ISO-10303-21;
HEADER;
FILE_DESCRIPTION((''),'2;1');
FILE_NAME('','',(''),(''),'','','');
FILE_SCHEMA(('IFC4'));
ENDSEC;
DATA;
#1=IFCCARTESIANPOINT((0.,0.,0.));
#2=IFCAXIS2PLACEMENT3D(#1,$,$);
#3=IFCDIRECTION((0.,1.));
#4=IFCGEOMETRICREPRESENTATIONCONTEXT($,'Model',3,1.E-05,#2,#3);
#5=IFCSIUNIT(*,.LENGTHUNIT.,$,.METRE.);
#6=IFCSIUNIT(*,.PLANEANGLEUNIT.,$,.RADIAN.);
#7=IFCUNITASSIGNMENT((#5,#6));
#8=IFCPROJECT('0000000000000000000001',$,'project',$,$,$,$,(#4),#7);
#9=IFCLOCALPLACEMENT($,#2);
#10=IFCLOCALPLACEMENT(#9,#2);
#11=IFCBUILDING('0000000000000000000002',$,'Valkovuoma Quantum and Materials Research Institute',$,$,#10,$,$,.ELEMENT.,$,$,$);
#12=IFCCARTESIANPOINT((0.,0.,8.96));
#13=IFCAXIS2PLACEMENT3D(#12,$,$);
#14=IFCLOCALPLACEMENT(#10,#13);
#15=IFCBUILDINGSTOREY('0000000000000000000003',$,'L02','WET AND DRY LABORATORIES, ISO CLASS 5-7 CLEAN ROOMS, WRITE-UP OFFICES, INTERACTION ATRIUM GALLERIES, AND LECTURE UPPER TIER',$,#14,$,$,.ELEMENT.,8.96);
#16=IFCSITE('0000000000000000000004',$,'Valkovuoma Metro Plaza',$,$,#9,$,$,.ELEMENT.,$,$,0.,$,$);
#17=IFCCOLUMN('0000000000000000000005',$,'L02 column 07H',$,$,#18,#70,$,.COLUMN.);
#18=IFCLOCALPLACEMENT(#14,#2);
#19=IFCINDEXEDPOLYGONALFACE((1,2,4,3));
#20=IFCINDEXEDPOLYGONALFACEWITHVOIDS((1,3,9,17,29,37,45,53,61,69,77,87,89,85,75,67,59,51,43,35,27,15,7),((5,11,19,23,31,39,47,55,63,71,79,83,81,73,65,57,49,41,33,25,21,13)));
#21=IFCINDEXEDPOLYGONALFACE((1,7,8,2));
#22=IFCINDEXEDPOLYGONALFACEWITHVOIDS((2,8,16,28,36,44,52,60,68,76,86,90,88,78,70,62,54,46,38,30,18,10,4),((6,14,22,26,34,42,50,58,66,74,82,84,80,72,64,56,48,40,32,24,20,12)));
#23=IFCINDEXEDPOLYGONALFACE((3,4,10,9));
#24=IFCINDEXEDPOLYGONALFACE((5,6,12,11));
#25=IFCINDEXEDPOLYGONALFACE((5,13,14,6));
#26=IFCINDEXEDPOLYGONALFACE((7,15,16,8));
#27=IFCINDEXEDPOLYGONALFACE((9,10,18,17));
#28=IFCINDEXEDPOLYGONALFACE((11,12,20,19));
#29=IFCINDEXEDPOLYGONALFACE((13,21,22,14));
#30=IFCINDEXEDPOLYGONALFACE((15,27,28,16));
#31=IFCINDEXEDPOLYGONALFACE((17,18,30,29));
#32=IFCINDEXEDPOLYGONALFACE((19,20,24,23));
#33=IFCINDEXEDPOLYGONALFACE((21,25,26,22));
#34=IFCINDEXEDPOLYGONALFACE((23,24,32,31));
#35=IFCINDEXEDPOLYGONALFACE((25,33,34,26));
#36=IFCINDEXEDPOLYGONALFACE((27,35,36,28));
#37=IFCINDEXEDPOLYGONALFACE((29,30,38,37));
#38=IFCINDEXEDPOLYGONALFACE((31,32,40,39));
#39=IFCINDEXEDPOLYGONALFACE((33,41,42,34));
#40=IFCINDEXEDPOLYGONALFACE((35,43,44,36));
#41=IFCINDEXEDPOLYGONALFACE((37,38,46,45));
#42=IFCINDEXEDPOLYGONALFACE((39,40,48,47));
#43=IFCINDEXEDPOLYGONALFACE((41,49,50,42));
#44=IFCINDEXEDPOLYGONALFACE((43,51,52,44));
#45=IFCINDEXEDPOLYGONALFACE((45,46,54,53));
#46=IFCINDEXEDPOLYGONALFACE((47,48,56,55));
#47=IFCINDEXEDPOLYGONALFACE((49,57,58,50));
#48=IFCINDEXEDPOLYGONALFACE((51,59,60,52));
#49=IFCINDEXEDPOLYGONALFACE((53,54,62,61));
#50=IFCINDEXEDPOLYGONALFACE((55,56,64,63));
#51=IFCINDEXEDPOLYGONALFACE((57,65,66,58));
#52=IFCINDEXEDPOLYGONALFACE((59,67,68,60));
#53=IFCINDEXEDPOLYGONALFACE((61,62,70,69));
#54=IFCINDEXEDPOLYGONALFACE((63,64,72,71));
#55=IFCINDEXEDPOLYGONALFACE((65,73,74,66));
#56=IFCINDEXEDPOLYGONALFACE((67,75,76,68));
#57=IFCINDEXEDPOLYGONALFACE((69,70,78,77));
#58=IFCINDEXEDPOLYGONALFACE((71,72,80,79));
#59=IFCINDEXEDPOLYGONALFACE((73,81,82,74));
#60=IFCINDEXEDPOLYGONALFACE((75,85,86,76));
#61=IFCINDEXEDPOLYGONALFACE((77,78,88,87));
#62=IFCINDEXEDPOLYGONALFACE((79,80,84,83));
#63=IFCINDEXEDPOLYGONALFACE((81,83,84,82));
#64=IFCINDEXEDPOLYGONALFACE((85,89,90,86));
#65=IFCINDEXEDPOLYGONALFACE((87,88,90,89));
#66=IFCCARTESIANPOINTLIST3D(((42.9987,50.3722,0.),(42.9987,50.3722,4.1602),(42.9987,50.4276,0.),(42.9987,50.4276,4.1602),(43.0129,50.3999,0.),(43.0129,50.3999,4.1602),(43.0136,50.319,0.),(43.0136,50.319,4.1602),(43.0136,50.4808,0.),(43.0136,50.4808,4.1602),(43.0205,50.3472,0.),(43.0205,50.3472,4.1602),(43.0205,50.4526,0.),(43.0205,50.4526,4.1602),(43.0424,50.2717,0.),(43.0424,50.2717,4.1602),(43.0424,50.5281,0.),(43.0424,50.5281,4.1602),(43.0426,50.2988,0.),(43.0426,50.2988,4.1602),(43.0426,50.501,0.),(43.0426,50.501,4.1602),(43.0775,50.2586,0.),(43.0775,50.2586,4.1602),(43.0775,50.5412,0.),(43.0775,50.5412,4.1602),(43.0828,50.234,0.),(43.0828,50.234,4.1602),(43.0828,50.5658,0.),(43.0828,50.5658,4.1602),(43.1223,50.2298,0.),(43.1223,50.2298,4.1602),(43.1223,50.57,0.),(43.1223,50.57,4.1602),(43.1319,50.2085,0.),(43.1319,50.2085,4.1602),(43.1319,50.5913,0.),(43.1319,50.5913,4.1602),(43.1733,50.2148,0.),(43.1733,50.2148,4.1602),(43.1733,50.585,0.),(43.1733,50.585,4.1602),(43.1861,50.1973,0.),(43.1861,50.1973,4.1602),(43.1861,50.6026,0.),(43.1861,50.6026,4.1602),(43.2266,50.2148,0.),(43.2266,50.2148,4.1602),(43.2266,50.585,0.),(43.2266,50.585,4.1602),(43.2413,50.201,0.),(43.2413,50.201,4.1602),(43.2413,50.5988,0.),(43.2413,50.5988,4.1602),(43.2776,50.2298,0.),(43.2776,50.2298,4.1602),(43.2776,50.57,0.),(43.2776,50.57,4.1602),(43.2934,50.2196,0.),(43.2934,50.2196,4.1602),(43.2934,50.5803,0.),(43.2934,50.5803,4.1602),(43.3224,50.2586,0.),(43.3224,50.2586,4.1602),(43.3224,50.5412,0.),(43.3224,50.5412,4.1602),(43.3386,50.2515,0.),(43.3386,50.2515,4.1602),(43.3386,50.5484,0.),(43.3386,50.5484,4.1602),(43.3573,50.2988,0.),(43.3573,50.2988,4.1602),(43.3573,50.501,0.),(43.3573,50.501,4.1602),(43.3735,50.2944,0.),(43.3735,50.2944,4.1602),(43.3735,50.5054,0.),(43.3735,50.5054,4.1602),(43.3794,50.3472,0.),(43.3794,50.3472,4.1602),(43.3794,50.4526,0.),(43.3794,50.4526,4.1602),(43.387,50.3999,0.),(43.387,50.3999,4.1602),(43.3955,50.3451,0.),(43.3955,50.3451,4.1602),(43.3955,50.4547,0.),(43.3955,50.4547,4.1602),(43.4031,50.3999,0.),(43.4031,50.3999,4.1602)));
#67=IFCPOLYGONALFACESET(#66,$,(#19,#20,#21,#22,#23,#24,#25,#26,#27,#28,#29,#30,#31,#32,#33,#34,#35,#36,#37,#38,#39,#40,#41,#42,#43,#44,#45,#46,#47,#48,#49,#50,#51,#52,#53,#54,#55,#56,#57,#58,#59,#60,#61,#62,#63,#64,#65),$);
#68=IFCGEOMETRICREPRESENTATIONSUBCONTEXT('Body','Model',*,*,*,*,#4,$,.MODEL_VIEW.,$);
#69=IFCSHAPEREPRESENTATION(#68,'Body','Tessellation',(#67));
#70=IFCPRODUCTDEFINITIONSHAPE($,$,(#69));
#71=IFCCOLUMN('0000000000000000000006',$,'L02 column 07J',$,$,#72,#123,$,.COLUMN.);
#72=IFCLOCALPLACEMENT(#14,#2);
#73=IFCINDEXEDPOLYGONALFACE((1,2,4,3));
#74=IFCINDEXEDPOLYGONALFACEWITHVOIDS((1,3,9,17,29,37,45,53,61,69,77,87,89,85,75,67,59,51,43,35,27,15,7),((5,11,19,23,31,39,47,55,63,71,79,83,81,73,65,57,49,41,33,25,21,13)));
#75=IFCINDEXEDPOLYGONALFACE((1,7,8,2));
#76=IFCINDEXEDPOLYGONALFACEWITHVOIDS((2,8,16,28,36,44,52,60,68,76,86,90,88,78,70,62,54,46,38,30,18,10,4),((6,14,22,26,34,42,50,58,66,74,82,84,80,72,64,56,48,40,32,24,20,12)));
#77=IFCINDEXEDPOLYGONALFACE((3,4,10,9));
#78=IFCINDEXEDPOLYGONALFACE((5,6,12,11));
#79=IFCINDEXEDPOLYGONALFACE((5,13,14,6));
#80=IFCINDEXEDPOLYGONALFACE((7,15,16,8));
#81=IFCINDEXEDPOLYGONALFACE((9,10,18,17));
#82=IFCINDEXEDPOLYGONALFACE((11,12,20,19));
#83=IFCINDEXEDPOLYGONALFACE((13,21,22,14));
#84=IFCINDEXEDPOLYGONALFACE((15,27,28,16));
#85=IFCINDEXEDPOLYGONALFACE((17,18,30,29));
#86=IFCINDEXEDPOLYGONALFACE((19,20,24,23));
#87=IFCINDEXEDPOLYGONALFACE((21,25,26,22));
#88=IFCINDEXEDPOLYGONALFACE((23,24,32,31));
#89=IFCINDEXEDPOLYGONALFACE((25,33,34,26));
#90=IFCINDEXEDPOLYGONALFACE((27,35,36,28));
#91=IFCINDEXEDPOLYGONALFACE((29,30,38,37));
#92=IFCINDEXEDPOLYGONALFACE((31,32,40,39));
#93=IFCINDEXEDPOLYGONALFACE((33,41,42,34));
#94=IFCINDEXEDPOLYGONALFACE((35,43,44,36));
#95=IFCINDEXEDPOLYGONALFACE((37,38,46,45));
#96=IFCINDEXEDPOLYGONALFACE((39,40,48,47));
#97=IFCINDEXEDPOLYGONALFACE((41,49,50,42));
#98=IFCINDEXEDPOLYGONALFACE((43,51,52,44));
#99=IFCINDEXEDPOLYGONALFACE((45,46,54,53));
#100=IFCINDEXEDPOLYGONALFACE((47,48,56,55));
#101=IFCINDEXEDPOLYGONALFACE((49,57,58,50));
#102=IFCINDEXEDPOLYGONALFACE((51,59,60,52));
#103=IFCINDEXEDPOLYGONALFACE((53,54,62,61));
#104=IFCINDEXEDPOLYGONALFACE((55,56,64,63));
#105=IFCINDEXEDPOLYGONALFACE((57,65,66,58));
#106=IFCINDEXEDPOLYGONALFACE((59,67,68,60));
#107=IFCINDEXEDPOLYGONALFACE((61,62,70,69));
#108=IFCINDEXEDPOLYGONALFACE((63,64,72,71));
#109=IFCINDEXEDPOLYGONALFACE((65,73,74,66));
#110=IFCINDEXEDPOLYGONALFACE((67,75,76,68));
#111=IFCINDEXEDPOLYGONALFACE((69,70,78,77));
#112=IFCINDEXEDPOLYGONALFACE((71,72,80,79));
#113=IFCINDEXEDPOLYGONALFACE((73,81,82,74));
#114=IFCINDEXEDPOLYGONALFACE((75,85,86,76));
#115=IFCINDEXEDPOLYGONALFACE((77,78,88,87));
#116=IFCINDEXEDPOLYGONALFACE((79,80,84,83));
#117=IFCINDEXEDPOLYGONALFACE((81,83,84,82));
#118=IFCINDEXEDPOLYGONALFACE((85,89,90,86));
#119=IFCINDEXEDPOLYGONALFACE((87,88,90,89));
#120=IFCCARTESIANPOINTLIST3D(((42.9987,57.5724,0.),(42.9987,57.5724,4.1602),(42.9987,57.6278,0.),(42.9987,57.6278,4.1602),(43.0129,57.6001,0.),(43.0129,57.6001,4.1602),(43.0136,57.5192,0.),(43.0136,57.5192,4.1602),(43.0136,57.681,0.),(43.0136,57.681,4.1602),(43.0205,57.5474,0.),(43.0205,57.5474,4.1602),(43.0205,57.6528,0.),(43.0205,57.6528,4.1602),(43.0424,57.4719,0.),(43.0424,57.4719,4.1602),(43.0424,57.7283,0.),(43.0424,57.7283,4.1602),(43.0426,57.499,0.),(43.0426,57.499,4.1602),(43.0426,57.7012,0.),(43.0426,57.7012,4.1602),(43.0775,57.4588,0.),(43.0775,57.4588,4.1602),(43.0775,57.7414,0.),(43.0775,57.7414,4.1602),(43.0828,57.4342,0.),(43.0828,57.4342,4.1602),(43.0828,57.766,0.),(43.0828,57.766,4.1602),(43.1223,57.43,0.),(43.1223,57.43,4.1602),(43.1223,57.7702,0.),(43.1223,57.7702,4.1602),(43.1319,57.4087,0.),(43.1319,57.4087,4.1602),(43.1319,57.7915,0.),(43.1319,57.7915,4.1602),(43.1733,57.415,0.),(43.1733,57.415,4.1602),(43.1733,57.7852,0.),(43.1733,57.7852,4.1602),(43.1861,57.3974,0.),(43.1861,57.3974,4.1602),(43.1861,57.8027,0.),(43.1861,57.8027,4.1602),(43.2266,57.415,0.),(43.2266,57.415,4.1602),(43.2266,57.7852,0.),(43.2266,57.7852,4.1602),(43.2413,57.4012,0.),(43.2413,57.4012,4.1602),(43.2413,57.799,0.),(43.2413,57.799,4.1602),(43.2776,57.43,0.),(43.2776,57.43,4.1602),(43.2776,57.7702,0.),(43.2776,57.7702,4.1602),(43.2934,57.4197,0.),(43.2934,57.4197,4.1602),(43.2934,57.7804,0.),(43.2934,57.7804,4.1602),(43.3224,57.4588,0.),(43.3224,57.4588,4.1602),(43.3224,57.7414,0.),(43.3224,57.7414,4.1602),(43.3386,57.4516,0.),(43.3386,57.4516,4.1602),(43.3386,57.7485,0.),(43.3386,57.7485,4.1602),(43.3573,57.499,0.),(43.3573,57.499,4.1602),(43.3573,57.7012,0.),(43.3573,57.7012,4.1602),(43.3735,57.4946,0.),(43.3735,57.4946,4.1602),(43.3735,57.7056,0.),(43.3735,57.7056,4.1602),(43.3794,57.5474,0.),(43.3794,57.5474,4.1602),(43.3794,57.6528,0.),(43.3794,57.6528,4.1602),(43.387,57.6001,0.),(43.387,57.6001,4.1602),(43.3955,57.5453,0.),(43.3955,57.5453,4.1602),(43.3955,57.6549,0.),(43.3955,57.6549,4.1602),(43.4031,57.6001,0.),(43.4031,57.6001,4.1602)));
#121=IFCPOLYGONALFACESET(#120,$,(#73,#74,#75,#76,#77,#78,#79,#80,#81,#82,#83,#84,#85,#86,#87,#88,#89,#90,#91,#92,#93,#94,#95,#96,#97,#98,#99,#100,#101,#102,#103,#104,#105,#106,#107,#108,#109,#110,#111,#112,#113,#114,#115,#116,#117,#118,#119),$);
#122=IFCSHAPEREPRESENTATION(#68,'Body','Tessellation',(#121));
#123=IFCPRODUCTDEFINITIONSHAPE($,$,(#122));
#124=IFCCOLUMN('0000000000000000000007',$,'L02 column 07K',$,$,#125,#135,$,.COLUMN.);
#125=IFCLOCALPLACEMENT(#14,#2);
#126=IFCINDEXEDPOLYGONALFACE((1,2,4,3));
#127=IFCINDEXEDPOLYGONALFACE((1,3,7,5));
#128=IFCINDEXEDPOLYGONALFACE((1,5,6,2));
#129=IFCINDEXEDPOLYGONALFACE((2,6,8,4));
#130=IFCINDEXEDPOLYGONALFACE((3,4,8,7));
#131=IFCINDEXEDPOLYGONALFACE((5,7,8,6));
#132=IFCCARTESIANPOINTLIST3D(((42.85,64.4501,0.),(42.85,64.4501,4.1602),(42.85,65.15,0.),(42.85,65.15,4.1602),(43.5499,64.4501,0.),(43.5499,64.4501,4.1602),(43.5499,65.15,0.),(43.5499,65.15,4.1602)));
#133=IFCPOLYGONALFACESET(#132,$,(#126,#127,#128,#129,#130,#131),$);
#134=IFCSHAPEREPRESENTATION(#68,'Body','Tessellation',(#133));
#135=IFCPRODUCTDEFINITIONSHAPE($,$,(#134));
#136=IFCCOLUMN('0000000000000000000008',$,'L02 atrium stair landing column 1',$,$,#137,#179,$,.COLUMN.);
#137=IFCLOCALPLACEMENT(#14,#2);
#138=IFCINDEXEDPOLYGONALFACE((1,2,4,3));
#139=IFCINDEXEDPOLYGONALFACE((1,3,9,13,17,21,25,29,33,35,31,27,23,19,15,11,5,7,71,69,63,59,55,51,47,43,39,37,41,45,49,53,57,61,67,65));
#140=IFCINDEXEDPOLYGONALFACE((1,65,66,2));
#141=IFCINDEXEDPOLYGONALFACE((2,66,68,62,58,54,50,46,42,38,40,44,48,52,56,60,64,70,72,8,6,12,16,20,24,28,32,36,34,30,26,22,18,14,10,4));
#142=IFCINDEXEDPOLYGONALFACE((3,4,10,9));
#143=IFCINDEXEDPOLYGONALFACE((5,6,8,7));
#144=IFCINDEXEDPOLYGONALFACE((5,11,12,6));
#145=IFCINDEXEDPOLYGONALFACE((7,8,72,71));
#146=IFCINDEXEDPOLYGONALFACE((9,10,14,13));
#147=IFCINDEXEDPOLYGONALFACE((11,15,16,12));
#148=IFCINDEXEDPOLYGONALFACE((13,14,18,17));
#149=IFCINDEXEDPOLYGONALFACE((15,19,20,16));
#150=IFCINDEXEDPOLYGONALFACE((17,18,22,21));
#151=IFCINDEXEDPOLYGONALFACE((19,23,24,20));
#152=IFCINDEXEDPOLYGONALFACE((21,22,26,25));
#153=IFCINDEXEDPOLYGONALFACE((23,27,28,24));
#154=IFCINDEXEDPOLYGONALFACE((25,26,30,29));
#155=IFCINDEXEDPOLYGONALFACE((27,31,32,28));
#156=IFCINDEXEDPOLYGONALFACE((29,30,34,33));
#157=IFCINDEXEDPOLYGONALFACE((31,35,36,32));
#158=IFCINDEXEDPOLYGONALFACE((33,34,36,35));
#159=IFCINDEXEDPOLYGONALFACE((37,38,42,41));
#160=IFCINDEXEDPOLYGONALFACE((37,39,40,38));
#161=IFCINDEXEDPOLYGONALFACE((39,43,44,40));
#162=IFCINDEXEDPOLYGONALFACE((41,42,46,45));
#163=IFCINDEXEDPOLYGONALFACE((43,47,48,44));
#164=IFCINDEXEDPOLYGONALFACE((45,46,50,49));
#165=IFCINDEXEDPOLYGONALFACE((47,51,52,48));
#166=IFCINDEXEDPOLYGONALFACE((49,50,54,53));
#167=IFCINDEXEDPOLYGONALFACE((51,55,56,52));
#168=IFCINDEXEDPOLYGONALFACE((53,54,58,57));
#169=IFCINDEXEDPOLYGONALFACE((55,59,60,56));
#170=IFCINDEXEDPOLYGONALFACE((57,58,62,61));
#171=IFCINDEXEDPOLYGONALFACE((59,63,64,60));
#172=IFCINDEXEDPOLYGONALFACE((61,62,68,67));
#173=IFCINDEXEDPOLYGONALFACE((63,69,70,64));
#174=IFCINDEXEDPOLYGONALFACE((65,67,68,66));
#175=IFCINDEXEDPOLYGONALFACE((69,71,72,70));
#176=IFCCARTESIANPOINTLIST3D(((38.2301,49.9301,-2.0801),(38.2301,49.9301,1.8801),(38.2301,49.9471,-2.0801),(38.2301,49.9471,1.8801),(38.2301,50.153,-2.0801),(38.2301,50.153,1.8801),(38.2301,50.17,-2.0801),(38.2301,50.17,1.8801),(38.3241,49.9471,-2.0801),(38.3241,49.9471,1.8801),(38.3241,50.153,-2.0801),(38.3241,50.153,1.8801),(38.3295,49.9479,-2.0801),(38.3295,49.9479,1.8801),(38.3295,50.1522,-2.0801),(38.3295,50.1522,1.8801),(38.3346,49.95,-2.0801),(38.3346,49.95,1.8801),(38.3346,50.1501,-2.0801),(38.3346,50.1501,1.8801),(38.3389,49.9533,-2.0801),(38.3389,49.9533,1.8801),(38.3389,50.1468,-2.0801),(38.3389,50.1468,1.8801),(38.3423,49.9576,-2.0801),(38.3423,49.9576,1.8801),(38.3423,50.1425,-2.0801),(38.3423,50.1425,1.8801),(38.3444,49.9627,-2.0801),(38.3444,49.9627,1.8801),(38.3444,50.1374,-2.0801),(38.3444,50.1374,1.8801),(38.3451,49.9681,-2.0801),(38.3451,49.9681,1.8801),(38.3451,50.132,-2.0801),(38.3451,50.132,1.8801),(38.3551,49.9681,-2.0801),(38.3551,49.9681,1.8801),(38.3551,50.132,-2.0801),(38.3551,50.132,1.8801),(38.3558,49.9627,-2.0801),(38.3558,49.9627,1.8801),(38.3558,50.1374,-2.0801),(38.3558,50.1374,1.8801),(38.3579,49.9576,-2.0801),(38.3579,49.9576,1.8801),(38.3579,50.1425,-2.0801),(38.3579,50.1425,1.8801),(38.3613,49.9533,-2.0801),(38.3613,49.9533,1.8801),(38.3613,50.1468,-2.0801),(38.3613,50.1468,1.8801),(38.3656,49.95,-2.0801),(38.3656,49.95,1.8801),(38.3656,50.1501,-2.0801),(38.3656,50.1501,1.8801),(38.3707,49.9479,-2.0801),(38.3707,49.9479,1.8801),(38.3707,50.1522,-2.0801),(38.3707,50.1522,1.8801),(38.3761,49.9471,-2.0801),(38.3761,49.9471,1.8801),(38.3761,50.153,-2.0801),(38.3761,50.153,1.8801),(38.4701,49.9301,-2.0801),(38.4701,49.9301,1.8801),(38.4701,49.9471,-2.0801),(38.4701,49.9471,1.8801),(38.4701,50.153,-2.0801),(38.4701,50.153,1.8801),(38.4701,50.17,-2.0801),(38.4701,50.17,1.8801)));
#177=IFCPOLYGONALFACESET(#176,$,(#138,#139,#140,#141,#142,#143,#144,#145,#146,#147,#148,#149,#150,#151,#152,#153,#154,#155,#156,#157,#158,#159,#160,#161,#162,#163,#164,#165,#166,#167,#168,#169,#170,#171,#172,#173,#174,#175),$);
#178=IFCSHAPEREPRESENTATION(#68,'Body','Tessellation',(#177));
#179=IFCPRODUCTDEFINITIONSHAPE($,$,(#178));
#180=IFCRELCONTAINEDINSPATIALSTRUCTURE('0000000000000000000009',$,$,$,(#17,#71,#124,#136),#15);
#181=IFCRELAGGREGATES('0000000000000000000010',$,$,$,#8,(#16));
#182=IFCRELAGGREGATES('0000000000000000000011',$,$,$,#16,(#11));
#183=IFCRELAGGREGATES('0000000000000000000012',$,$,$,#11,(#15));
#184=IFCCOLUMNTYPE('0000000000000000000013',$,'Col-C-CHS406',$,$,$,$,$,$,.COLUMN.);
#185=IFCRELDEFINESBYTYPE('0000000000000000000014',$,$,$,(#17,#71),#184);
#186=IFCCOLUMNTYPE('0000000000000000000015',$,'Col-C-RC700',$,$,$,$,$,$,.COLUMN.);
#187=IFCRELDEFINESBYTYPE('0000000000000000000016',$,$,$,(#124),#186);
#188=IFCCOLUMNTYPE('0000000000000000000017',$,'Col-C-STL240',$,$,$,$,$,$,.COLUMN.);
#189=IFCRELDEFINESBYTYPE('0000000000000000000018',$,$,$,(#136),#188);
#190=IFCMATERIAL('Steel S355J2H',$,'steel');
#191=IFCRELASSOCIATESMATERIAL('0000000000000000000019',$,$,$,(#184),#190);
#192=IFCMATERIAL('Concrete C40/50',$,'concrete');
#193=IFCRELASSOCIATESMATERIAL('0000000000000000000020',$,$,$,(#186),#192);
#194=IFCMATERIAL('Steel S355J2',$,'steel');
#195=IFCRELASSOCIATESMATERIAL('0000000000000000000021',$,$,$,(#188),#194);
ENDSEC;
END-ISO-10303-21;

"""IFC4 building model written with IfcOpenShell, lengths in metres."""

from ifc_helpers import new_model, si_unit, direction, frame, origin, origin_2d, place, context, subcontext, project, spatial, rectangle, hollow_circle, i_section, extrude, material, material_profile, profile_set, type_object, element, save


model = new_model("IFC4")

# Units and contexts
model_context = context("Model", 3, precision=1e-05, world=origin(), true_north=direction((0.0, 1.0)))
body_context = subcontext(model_context, "Body", "Model", "MODEL_VIEW")
ifc_project = project(units=[si_unit("LENGTHUNIT", "METRE"), si_unit("PLANEANGLEUNIT", "RADIAN")], contexts=[model_context])

# Site, building, storey
site_placement = place(None, origin())
site = spatial("IfcSite", under=ifc_project, at=site_placement, Name="Valkovuoma Metro Plaza", CompositionType="ELEMENT", RefElevation=0.0)
building_placement = place(site_placement, origin())
building = spatial("IfcBuilding", under=site, at=building_placement, Name="Valkovuoma Quantum and Materials Research Institute", CompositionType="ELEMENT")
storey_placement = place(building_placement, frame((0.0, 0.0, 8.96)))
storey = spatial("IfcBuildingStorey", under=building, at=storey_placement, Name="L02", Description="WET AND DRY LABORATORIES, ISO CLASS 5-7 CLEAN ROOMS, WRITE-UP OFFICES, INTERACTION ATRIUM GALLERIES, AND LECTURE UPPER TIER", CompositionType="ELEMENT", Elevation=8.96)

# Columns
ifc_material_1 = material(Name="Steel S355J2H", Category="steel")
ifc_material_profile_1 = material_profile(ifc_material_1, hollow_circle(Radius=0.2031, WallThickness=0.0161, at=origin_2d()), Name="Steel S355J2H")
ifc_profile_set_1 = profile_set([ifc_material_profile_1], Name="Steel S355J2H")
column_type_1 = type_object("IfcColumnType", Name="Col-C-CHS406", PredefinedType="COLUMN", material=ifc_profile_set_1)
for number, where, z_axis, x_axis, name in (
    (1, (43.2, 50.3999, 0.0), (0.0, 0.0, 1.0), (1.0, 0.0, 0.0), "L02 column 07H"),
    (2, (43.2, 57.6001, 0.0), (0.0, 0.0, 1.0), (1.0, 0.0, 0.0), "L02 column 07J"),
):
    element("IfcColumn", number, at=place(storey_placement, frame(where, z_axis=z_axis, x_axis=x_axis)), inside=storey, type_object=column_type_1, Name=name, PredefinedType="COLUMN", context=body_context, shape_type="SweptSolid", body=[
        extrude(hollow_circle(Radius=0.2031, WallThickness=0.0161, at=origin_2d()), origin(), (0.0, 0.0, 1.0), 4.1602),
    ])
ifc_material_2 = material(Name="Concrete C40/50", Category="concrete")
ifc_material_profile_2 = material_profile(ifc_material_2, rectangle(XDim=0.7, YDim=0.7, at=origin_2d()), Name="Concrete C40/50")
ifc_profile_set_2 = profile_set([ifc_material_profile_2], Name="Concrete C40/50")
column_type_2 = type_object("IfcColumnType", Name="Col-C-RC700", PredefinedType="COLUMN", material=ifc_profile_set_2)
column_placement = place(storey_placement, frame((43.2, 64.8, 0.0), z_axis=(0.0, 0.0, 1.0), x_axis=(1.0, 0.0, 0.0)))
element("IfcColumn", 3, at=column_placement, inside=storey, type_object=column_type_2, Name="L02 column 07K", PredefinedType="COLUMN", context=body_context, shape_type="SweptSolid", body=[
    extrude(rectangle(XDim=0.7, YDim=0.7, at=origin_2d()), origin(), (0.0, 0.0, 1.0), 4.1602),
])
ifc_material_3 = material(Name="Steel S355J2", Category="steel")
ifc_material_profile_3 = material_profile(ifc_material_3, i_section(OverallWidth=0.24, OverallDepth=0.24, WebThickness=0.01, FlangeThickness=0.0171, FilletRadius=0.021, at=origin_2d()), Name="Steel S355J2")
ifc_profile_set_3 = profile_set([ifc_material_profile_3], Name="Steel S355J2")
column_type_3 = type_object("IfcColumnType", Name="Col-C-STL240", PredefinedType="COLUMN", material=ifc_profile_set_3)
for number, where, z_axis, x_axis, name in (
    (4, (38.3501, 50.05, -2.0801), (0.0, 0.0, 1.0), (1.0, 0.0, 0.0), "L02 atrium stair landing column 1"),
):
    element("IfcColumn", number, at=place(storey_placement, frame(where, z_axis=z_axis, x_axis=x_axis)), inside=storey, type_object=column_type_3, Name=name, PredefinedType="COLUMN", context=body_context, shape_type="SweptSolid", body=[
        extrude(i_section(OverallWidth=0.24, OverallDepth=0.24, WebThickness=0.01, FlangeThickness=0.0171, FilletRadius=0.021, at=origin_2d()), origin(), (0.0, 0.0, 1.0), 3.9602),
    ])

save(model, "model.ifc")
